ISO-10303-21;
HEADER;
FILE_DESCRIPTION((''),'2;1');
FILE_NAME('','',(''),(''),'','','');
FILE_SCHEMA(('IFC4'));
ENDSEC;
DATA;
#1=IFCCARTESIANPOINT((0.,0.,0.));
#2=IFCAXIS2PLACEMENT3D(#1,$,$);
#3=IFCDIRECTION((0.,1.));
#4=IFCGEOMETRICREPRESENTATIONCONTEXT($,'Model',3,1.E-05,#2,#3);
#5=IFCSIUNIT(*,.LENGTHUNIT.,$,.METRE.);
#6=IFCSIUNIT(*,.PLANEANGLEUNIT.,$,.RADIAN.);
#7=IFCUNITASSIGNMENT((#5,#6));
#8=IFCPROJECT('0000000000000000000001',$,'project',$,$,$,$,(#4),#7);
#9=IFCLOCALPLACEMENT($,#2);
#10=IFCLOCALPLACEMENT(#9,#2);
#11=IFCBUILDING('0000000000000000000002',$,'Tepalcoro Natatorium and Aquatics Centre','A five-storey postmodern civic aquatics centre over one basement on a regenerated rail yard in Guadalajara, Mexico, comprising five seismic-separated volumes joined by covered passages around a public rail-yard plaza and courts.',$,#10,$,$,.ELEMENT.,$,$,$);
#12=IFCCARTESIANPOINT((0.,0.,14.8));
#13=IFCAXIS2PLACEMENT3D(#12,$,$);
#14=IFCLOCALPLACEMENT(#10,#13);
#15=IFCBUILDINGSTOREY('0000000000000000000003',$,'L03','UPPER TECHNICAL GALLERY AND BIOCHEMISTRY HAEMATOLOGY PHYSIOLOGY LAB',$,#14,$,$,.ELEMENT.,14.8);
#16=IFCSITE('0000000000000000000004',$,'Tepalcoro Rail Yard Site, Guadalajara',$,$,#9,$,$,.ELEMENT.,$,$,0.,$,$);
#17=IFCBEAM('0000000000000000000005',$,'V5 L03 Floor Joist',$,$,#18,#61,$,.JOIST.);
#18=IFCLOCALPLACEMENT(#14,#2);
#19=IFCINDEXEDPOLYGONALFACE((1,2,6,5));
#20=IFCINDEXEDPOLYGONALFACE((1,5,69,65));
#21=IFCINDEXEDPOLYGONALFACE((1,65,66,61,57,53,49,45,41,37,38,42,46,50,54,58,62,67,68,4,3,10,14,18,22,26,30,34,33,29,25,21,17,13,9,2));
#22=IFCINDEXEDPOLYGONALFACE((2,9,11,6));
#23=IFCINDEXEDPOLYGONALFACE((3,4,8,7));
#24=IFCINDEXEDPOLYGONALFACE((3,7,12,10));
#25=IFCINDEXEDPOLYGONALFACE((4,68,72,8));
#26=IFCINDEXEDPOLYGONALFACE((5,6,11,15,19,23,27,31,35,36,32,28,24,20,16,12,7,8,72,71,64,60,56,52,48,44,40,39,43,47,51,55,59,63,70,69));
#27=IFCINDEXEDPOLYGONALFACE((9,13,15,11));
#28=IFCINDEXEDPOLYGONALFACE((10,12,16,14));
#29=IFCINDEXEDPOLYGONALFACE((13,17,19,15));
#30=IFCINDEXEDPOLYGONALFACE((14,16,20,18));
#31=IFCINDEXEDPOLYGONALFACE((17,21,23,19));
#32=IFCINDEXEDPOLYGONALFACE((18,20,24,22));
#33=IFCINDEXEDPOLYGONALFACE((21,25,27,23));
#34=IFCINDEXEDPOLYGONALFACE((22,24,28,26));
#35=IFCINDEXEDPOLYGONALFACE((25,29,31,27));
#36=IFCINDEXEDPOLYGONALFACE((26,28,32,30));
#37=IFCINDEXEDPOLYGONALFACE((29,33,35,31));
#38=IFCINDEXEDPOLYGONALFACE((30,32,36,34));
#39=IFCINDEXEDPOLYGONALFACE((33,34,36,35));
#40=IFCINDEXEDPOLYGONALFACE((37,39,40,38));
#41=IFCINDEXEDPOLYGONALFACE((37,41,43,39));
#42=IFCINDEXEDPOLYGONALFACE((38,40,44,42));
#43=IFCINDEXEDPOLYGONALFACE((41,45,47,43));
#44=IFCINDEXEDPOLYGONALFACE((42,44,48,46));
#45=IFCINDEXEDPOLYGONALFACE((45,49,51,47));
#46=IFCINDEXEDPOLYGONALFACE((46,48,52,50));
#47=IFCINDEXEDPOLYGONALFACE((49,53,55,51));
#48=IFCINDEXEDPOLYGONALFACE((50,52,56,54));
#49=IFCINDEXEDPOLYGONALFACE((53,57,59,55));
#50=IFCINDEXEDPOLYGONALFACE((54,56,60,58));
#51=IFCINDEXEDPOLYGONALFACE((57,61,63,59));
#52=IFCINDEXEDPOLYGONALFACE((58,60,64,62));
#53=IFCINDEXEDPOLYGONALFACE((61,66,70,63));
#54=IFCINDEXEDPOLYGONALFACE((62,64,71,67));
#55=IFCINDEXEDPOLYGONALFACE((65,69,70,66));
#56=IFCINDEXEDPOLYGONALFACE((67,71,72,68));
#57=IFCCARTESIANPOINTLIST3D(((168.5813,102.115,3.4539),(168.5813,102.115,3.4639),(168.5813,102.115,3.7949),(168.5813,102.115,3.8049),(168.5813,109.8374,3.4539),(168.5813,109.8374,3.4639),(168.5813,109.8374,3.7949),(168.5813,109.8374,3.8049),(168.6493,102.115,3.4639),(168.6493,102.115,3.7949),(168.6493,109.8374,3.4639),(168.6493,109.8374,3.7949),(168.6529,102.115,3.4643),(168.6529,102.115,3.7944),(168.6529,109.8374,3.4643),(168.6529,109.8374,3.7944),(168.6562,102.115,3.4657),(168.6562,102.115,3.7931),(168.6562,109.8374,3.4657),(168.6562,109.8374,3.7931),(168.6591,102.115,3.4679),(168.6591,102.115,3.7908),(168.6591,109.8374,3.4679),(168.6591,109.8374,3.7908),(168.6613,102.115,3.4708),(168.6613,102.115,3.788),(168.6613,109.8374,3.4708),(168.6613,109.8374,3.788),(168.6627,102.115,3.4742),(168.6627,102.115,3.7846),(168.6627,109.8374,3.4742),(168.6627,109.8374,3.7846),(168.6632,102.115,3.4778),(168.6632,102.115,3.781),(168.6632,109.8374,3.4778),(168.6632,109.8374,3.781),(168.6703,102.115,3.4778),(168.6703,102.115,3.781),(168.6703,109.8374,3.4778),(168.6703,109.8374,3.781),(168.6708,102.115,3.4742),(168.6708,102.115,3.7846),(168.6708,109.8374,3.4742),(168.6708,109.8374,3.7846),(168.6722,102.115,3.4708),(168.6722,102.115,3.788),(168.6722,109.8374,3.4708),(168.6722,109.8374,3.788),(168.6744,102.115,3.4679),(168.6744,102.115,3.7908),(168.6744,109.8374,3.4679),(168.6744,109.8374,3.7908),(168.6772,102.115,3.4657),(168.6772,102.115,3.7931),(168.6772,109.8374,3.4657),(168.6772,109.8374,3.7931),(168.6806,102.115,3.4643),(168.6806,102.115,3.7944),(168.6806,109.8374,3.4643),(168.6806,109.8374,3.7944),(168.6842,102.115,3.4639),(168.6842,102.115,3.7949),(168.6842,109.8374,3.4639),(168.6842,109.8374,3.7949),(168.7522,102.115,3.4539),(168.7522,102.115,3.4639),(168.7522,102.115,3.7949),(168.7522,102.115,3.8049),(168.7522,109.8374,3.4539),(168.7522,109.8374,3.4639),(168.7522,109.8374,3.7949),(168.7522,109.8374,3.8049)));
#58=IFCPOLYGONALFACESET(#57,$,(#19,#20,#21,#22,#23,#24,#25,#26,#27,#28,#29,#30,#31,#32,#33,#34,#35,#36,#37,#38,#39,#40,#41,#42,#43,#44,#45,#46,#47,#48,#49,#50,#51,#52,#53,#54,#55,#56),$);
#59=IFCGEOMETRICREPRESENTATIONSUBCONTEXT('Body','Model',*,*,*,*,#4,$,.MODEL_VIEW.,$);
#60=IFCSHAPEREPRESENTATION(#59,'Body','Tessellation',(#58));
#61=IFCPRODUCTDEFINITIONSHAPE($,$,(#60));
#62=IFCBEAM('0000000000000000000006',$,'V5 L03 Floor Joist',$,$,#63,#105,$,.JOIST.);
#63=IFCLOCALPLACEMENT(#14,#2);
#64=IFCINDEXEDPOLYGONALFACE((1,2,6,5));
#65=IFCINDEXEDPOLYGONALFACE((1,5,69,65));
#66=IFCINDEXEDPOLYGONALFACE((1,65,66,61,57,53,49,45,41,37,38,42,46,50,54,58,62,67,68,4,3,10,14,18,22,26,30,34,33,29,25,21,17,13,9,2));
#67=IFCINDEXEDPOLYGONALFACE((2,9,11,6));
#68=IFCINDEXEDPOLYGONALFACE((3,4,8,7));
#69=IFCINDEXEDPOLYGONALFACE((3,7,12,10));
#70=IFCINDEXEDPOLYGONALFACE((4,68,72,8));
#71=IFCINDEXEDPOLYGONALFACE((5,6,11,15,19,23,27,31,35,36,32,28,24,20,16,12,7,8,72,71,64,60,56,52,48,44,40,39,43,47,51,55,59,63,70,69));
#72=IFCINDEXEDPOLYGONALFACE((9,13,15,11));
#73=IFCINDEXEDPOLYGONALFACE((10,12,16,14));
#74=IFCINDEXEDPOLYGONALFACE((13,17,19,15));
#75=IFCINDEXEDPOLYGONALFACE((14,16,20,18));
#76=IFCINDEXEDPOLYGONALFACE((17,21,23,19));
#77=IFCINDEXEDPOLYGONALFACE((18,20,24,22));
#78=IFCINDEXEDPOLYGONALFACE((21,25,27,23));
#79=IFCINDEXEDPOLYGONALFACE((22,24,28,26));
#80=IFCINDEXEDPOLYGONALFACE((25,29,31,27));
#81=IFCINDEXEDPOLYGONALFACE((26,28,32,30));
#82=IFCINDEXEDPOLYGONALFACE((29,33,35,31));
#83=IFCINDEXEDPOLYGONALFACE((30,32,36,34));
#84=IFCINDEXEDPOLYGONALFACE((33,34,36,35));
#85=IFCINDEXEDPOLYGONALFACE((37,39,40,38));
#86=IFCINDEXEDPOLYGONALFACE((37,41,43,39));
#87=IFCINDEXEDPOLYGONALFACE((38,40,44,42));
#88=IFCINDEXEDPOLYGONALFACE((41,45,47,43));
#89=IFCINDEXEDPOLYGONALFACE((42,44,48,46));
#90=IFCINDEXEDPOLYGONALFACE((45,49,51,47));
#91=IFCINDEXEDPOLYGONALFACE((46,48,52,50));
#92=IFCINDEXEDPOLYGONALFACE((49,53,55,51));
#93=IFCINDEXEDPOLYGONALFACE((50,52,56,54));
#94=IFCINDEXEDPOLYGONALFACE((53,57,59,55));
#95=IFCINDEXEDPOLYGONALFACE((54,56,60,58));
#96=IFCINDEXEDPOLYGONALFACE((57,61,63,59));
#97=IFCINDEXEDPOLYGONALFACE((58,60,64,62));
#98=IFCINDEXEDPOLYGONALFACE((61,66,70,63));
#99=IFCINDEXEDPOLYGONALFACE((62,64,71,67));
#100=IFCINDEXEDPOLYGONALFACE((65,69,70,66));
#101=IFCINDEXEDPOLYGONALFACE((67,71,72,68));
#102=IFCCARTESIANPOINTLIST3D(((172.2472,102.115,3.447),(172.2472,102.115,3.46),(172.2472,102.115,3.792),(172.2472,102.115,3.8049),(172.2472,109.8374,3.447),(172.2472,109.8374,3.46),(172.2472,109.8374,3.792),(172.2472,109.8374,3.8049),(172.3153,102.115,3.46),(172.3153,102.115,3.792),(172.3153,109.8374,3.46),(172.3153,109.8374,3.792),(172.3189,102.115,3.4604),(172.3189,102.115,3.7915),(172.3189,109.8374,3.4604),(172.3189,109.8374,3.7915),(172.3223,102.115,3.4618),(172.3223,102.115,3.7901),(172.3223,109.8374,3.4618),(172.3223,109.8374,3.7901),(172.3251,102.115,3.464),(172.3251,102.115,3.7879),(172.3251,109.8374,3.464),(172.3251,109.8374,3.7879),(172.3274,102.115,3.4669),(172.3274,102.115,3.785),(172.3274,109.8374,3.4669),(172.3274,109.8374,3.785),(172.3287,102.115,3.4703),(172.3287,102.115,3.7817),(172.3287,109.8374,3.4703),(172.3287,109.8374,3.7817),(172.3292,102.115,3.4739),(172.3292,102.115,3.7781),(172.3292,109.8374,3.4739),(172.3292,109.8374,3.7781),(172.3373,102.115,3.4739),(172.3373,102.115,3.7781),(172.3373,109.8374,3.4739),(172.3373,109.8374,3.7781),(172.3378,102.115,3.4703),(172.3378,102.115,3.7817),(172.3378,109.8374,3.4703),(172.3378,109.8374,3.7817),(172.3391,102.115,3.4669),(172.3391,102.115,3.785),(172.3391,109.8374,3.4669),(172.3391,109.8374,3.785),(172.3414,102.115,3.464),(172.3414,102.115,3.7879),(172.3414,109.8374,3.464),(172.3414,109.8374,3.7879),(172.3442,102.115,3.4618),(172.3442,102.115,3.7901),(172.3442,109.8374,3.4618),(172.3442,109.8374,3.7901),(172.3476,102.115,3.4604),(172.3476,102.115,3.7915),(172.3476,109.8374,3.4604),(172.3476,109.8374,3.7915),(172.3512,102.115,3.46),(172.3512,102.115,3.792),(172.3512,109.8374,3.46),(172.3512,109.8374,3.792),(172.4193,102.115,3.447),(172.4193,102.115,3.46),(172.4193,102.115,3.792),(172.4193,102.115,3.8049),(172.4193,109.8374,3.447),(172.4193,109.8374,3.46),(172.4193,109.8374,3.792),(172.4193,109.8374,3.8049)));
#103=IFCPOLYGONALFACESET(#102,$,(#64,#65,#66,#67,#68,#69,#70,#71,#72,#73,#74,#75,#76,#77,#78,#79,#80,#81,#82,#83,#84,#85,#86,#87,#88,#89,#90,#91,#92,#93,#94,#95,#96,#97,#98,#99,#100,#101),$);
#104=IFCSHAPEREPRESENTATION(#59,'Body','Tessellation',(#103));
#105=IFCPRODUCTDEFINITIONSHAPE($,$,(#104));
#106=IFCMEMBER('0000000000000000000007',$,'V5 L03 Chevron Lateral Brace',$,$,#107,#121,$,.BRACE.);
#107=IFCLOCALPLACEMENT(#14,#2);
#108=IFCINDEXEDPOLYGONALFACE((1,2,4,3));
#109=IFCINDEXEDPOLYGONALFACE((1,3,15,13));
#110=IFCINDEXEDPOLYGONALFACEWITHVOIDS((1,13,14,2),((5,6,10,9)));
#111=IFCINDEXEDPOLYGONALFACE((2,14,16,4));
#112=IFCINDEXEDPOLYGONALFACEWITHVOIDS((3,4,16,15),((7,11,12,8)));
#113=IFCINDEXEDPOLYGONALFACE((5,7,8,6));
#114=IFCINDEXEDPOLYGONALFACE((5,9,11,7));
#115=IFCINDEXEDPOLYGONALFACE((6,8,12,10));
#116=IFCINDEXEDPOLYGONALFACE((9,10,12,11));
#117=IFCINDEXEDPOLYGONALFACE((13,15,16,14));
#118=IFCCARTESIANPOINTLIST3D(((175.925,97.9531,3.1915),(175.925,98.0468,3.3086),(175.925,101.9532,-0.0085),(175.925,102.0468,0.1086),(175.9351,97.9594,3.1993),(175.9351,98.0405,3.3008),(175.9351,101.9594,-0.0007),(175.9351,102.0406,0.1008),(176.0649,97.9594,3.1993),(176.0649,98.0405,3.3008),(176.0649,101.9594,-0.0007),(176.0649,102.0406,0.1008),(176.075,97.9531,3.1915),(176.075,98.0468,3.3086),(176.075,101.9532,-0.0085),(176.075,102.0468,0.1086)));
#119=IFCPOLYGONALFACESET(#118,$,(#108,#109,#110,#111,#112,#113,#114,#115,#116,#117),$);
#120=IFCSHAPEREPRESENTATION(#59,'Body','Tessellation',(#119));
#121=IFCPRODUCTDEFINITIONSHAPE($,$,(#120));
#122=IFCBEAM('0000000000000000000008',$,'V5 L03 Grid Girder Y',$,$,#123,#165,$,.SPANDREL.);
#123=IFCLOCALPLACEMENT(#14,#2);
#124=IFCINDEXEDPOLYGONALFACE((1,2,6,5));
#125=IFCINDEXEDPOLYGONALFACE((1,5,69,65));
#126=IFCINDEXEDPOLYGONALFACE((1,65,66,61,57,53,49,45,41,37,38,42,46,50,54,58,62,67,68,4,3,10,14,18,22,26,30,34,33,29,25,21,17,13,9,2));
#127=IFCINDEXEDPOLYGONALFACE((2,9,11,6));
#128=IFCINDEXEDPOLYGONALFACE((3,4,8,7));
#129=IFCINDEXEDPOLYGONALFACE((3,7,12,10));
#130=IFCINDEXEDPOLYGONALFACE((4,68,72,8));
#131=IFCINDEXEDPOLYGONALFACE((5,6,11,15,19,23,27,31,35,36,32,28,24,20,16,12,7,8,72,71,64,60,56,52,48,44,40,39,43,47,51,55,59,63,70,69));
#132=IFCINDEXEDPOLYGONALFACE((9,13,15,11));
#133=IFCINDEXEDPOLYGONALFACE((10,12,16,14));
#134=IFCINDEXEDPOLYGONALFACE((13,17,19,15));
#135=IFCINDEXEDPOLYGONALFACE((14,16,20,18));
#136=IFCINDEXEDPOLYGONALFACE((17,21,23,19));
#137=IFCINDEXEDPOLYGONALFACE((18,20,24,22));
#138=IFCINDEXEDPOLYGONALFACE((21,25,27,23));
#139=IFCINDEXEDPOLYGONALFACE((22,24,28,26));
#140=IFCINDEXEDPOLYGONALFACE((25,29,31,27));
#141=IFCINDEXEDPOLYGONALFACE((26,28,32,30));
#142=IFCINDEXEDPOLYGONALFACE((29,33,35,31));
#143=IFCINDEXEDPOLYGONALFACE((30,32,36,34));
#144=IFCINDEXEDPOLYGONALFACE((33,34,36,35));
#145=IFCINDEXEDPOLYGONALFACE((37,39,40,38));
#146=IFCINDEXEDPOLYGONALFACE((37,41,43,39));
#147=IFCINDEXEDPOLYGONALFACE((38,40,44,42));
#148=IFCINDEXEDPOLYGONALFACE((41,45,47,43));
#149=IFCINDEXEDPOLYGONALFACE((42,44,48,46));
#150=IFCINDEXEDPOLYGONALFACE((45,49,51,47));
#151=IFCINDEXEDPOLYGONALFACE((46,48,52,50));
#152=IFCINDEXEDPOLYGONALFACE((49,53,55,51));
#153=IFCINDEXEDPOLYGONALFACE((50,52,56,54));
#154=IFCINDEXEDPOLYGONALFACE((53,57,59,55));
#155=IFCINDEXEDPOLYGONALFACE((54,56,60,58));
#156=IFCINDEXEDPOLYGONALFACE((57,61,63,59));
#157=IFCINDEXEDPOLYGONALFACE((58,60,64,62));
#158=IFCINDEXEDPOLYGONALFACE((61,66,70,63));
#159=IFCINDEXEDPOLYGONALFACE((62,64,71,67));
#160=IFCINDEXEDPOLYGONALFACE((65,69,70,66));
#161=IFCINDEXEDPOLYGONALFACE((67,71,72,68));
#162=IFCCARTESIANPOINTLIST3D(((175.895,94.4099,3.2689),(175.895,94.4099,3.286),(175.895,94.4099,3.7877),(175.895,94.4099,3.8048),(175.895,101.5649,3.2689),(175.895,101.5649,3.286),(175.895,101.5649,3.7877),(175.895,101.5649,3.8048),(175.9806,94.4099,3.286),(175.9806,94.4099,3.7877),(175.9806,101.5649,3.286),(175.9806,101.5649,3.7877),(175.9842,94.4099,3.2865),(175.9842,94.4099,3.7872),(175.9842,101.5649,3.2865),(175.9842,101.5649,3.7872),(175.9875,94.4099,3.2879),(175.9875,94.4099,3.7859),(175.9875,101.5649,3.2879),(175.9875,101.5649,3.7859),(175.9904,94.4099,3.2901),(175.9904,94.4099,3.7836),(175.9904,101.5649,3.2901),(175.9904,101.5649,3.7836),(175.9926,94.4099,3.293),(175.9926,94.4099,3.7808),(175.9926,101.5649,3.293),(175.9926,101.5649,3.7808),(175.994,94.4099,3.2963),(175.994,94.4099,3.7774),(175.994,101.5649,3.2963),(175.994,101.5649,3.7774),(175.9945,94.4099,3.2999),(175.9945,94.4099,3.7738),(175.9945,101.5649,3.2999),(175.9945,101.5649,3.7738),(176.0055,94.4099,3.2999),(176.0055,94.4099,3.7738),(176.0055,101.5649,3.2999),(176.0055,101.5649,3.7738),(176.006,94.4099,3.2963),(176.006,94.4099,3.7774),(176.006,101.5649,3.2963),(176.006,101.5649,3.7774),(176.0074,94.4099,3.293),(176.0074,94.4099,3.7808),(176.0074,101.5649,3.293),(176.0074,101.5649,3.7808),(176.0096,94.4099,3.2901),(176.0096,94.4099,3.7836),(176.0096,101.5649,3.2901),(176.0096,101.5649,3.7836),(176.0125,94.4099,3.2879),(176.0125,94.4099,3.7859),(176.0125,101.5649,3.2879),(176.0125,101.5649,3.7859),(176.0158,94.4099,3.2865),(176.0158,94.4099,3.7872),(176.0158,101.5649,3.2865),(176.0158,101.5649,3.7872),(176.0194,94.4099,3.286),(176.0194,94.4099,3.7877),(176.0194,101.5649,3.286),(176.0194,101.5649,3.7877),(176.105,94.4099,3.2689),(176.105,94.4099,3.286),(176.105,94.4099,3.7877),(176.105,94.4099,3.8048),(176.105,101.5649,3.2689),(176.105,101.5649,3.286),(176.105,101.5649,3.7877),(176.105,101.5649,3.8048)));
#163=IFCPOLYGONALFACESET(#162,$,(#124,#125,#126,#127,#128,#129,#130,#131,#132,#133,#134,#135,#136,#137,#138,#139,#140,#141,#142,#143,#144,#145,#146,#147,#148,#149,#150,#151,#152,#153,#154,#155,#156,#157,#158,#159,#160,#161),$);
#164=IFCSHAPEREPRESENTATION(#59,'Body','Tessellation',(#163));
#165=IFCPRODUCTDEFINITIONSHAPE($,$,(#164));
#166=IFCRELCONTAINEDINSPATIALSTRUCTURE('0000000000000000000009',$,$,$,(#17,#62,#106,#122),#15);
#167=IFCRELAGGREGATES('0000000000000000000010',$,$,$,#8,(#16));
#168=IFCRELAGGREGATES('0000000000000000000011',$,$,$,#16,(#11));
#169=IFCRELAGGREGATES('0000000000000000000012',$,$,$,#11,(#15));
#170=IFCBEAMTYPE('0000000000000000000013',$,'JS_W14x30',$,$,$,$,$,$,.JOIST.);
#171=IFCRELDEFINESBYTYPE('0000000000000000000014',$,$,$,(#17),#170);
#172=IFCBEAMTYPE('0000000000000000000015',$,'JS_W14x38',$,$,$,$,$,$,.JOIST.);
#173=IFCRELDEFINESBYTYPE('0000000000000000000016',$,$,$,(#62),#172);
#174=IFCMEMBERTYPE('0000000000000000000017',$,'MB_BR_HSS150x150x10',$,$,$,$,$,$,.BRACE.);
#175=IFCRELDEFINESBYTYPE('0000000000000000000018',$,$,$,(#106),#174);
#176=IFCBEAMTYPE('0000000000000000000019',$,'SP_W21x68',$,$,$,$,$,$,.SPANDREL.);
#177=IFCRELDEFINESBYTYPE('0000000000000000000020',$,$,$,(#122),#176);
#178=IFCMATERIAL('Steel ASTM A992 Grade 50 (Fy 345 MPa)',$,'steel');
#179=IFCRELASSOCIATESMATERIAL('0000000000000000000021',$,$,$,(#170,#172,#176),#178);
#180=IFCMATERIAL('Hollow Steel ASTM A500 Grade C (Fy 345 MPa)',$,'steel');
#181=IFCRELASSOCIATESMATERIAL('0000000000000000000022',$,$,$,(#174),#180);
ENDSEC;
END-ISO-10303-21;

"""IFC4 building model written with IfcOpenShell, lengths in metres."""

from ifc_helpers import new_model, si_unit, direction, frame, origin, origin_2d, place, context, subcontext, project, spatial, hollow_rectangle, i_section, extrude, material, material_profile, profile_set, type_object, element, save


model = new_model("IFC4")

# Units and contexts
model_context = context("Model", 3, precision=1e-05, world=origin(), true_north=direction((0.0, 1.0)))
body_context = subcontext(model_context, "Body", "Model", "MODEL_VIEW")
ifc_project = project(units=[si_unit("LENGTHUNIT", "METRE"), si_unit("PLANEANGLEUNIT", "RADIAN")], contexts=[model_context])

# Site, building, storey
site_placement = place(None, origin())
site = spatial("IfcSite", under=ifc_project, at=site_placement, Name="Tepalcoro Rail Yard Site, Guadalajara", CompositionType="ELEMENT", RefElevation=0.0)
building_placement = place(site_placement, origin())
building = spatial("IfcBuilding", under=site, at=building_placement, Name="Tepalcoro Natatorium and Aquatics Centre", Description="A five-storey postmodern civic aquatics centre over one basement on a regenerated rail yard in Guadalajara, Mexico, comprising five seismic-separated volumes joined by covered passages around a public rail-yard plaza and courts.", CompositionType="ELEMENT")
storey_placement = place(building_placement, frame((0.0, 0.0, 14.8)))
storey = spatial("IfcBuildingStorey", under=building, at=storey_placement, Name="L03", Description="UPPER TECHNICAL GALLERY AND BIOCHEMISTRY HAEMATOLOGY PHYSIOLOGY LAB", CompositionType="ELEMENT", Elevation=14.8)

# Beams
ifc_material_1 = material(Name="Steel ASTM A992 Grade 50 (Fy 345 MPa)", Category="steel")
ifc_material_profile_1 = material_profile(ifc_material_1, i_section(OverallWidth=0.1709, OverallDepth=0.3511, WebThickness=0.0071, FlangeThickness=0.01, FilletRadius=0.0139, at=origin_2d()), Name="W14X30")
ifc_profile_set_1 = profile_set([ifc_material_profile_1], Name="Steel ASTM A992 Grade 50 (Fy 345 MPa)")
beam_type_1 = type_object("IfcBeamType", Name="JS_W14x30", PredefinedType="JOIST", material=ifc_profile_set_1)
beam_1_placement = place(storey_placement, frame((168.6667, 102.115, 3.6294), z_axis=(0.0, 1.0, 0.0), x_axis=(-1.0, 0.0, 0.0)))
element("IfcBeam", 1, at=beam_1_placement, inside=storey, type_object=beam_type_1, Name="V5 L03 Floor Joist", PredefinedType="JOIST", context=body_context, shape_type="SweptSolid", body=[
    extrude(i_section(OverallWidth=0.1709, OverallDepth=0.3511, WebThickness=0.0071, FlangeThickness=0.01, FilletRadius=0.0139, at=origin_2d()), origin(), (0.0, 0.0, 1.0), 7.7224),
])
ifc_material_profile_2 = material_profile(ifc_material_1, i_section(OverallWidth=0.1721, OverallDepth=0.3579, WebThickness=0.0081, FlangeThickness=0.0129, FilletRadius=0.0139, at=origin_2d()), Name="W14X38")
ifc_profile_set_2 = profile_set([ifc_material_profile_2], Name="Steel ASTM A992 Grade 50 (Fy 345 MPa)")
beam_type_2 = type_object("IfcBeamType", Name="JS_W14x38", PredefinedType="JOIST", material=ifc_profile_set_2)
beam_2_placement = place(storey_placement, frame((172.3333, 102.115, 3.626), z_axis=(0.0, 1.0, 0.0), x_axis=(-1.0, 0.0, 0.0)))
element("IfcBeam", 2, at=beam_2_placement, inside=storey, type_object=beam_type_2, Name="V5 L03 Floor Joist", PredefinedType="JOIST", context=body_context, shape_type="SweptSolid", body=[
    extrude(i_section(OverallWidth=0.1721, OverallDepth=0.3579, WebThickness=0.0081, FlangeThickness=0.0129, FilletRadius=0.0139, at=origin_2d()), origin(), (0.0, 0.0, 1.0), 7.7224),
])

# Member
ifc_material_2 = material(Name="Hollow Steel ASTM A500 Grade C (Fy 345 MPa)", Category="steel")
ifc_material_profile_3 = material_profile(ifc_material_2, hollow_rectangle(XDim=0.1499, YDim=0.1499, WallThickness=0.01, at=origin_2d()), Name="HSS150X150X10")
ifc_profile_set_3 = profile_set([ifc_material_profile_3], Name="Hollow Steel ASTM A500 Grade C (Fy 345 MPa)")
member_type_1 = type_object("IfcMemberType", Name="MB_BR_HSS150x150x10", PredefinedType="BRACE", material=ifc_profile_set_3)
member_1_placement = place(storey_placement, frame((176.0, 102.0, 0.05), z_axis=(0.0, -0.780873, 0.624689), x_axis=(1.0, 0.0, 0.0)))
element("IfcMember", 3, at=member_1_placement, inside=storey, type_object=member_type_1, Name="V5 L03 Chevron Lateral Brace", PredefinedType="BRACE", context=body_context, shape_type="SweptSolid", body=[
    extrude(hollow_rectangle(XDim=0.1499, YDim=0.1499, WallThickness=0.01, at=origin_2d()), origin(), (0.0, 0.0, 1.0), 5.1226),
])

# Beam
ifc_material_profile_4 = material_profile(ifc_material_1, i_section(OverallWidth=0.21, OverallDepth=0.5359, WebThickness=0.011, FlangeThickness=0.0171, FilletRadius=0.0139, at=origin_2d()), Name="W21X68")
ifc_profile_set_4 = profile_set([ifc_material_profile_4], Name="Steel ASTM A992 Grade 50 (Fy 345 MPa)")
beam_type_3 = type_object("IfcBeamType", Name="SP_W21x68", PredefinedType="SPANDREL", material=ifc_profile_set_4)
beam_3_placement = place(storey_placement, frame((176.0, 94.4099, 3.5369), z_axis=(0.0, 1.0, 0.0), x_axis=(-1.0, 0.0, 0.0)))
element("IfcBeam", 4, at=beam_3_placement, inside=storey, type_object=beam_type_3, Name="V5 L03 Grid Girder Y", PredefinedType="SPANDREL", context=body_context, shape_type="SweptSolid", body=[
    extrude(i_section(OverallWidth=0.21, OverallDepth=0.5359, WebThickness=0.011, FlangeThickness=0.0171, FilletRadius=0.0139, at=origin_2d()), origin(), (0.0, 0.0, 1.0), 7.155),
])

save(model, "model.ifc")
